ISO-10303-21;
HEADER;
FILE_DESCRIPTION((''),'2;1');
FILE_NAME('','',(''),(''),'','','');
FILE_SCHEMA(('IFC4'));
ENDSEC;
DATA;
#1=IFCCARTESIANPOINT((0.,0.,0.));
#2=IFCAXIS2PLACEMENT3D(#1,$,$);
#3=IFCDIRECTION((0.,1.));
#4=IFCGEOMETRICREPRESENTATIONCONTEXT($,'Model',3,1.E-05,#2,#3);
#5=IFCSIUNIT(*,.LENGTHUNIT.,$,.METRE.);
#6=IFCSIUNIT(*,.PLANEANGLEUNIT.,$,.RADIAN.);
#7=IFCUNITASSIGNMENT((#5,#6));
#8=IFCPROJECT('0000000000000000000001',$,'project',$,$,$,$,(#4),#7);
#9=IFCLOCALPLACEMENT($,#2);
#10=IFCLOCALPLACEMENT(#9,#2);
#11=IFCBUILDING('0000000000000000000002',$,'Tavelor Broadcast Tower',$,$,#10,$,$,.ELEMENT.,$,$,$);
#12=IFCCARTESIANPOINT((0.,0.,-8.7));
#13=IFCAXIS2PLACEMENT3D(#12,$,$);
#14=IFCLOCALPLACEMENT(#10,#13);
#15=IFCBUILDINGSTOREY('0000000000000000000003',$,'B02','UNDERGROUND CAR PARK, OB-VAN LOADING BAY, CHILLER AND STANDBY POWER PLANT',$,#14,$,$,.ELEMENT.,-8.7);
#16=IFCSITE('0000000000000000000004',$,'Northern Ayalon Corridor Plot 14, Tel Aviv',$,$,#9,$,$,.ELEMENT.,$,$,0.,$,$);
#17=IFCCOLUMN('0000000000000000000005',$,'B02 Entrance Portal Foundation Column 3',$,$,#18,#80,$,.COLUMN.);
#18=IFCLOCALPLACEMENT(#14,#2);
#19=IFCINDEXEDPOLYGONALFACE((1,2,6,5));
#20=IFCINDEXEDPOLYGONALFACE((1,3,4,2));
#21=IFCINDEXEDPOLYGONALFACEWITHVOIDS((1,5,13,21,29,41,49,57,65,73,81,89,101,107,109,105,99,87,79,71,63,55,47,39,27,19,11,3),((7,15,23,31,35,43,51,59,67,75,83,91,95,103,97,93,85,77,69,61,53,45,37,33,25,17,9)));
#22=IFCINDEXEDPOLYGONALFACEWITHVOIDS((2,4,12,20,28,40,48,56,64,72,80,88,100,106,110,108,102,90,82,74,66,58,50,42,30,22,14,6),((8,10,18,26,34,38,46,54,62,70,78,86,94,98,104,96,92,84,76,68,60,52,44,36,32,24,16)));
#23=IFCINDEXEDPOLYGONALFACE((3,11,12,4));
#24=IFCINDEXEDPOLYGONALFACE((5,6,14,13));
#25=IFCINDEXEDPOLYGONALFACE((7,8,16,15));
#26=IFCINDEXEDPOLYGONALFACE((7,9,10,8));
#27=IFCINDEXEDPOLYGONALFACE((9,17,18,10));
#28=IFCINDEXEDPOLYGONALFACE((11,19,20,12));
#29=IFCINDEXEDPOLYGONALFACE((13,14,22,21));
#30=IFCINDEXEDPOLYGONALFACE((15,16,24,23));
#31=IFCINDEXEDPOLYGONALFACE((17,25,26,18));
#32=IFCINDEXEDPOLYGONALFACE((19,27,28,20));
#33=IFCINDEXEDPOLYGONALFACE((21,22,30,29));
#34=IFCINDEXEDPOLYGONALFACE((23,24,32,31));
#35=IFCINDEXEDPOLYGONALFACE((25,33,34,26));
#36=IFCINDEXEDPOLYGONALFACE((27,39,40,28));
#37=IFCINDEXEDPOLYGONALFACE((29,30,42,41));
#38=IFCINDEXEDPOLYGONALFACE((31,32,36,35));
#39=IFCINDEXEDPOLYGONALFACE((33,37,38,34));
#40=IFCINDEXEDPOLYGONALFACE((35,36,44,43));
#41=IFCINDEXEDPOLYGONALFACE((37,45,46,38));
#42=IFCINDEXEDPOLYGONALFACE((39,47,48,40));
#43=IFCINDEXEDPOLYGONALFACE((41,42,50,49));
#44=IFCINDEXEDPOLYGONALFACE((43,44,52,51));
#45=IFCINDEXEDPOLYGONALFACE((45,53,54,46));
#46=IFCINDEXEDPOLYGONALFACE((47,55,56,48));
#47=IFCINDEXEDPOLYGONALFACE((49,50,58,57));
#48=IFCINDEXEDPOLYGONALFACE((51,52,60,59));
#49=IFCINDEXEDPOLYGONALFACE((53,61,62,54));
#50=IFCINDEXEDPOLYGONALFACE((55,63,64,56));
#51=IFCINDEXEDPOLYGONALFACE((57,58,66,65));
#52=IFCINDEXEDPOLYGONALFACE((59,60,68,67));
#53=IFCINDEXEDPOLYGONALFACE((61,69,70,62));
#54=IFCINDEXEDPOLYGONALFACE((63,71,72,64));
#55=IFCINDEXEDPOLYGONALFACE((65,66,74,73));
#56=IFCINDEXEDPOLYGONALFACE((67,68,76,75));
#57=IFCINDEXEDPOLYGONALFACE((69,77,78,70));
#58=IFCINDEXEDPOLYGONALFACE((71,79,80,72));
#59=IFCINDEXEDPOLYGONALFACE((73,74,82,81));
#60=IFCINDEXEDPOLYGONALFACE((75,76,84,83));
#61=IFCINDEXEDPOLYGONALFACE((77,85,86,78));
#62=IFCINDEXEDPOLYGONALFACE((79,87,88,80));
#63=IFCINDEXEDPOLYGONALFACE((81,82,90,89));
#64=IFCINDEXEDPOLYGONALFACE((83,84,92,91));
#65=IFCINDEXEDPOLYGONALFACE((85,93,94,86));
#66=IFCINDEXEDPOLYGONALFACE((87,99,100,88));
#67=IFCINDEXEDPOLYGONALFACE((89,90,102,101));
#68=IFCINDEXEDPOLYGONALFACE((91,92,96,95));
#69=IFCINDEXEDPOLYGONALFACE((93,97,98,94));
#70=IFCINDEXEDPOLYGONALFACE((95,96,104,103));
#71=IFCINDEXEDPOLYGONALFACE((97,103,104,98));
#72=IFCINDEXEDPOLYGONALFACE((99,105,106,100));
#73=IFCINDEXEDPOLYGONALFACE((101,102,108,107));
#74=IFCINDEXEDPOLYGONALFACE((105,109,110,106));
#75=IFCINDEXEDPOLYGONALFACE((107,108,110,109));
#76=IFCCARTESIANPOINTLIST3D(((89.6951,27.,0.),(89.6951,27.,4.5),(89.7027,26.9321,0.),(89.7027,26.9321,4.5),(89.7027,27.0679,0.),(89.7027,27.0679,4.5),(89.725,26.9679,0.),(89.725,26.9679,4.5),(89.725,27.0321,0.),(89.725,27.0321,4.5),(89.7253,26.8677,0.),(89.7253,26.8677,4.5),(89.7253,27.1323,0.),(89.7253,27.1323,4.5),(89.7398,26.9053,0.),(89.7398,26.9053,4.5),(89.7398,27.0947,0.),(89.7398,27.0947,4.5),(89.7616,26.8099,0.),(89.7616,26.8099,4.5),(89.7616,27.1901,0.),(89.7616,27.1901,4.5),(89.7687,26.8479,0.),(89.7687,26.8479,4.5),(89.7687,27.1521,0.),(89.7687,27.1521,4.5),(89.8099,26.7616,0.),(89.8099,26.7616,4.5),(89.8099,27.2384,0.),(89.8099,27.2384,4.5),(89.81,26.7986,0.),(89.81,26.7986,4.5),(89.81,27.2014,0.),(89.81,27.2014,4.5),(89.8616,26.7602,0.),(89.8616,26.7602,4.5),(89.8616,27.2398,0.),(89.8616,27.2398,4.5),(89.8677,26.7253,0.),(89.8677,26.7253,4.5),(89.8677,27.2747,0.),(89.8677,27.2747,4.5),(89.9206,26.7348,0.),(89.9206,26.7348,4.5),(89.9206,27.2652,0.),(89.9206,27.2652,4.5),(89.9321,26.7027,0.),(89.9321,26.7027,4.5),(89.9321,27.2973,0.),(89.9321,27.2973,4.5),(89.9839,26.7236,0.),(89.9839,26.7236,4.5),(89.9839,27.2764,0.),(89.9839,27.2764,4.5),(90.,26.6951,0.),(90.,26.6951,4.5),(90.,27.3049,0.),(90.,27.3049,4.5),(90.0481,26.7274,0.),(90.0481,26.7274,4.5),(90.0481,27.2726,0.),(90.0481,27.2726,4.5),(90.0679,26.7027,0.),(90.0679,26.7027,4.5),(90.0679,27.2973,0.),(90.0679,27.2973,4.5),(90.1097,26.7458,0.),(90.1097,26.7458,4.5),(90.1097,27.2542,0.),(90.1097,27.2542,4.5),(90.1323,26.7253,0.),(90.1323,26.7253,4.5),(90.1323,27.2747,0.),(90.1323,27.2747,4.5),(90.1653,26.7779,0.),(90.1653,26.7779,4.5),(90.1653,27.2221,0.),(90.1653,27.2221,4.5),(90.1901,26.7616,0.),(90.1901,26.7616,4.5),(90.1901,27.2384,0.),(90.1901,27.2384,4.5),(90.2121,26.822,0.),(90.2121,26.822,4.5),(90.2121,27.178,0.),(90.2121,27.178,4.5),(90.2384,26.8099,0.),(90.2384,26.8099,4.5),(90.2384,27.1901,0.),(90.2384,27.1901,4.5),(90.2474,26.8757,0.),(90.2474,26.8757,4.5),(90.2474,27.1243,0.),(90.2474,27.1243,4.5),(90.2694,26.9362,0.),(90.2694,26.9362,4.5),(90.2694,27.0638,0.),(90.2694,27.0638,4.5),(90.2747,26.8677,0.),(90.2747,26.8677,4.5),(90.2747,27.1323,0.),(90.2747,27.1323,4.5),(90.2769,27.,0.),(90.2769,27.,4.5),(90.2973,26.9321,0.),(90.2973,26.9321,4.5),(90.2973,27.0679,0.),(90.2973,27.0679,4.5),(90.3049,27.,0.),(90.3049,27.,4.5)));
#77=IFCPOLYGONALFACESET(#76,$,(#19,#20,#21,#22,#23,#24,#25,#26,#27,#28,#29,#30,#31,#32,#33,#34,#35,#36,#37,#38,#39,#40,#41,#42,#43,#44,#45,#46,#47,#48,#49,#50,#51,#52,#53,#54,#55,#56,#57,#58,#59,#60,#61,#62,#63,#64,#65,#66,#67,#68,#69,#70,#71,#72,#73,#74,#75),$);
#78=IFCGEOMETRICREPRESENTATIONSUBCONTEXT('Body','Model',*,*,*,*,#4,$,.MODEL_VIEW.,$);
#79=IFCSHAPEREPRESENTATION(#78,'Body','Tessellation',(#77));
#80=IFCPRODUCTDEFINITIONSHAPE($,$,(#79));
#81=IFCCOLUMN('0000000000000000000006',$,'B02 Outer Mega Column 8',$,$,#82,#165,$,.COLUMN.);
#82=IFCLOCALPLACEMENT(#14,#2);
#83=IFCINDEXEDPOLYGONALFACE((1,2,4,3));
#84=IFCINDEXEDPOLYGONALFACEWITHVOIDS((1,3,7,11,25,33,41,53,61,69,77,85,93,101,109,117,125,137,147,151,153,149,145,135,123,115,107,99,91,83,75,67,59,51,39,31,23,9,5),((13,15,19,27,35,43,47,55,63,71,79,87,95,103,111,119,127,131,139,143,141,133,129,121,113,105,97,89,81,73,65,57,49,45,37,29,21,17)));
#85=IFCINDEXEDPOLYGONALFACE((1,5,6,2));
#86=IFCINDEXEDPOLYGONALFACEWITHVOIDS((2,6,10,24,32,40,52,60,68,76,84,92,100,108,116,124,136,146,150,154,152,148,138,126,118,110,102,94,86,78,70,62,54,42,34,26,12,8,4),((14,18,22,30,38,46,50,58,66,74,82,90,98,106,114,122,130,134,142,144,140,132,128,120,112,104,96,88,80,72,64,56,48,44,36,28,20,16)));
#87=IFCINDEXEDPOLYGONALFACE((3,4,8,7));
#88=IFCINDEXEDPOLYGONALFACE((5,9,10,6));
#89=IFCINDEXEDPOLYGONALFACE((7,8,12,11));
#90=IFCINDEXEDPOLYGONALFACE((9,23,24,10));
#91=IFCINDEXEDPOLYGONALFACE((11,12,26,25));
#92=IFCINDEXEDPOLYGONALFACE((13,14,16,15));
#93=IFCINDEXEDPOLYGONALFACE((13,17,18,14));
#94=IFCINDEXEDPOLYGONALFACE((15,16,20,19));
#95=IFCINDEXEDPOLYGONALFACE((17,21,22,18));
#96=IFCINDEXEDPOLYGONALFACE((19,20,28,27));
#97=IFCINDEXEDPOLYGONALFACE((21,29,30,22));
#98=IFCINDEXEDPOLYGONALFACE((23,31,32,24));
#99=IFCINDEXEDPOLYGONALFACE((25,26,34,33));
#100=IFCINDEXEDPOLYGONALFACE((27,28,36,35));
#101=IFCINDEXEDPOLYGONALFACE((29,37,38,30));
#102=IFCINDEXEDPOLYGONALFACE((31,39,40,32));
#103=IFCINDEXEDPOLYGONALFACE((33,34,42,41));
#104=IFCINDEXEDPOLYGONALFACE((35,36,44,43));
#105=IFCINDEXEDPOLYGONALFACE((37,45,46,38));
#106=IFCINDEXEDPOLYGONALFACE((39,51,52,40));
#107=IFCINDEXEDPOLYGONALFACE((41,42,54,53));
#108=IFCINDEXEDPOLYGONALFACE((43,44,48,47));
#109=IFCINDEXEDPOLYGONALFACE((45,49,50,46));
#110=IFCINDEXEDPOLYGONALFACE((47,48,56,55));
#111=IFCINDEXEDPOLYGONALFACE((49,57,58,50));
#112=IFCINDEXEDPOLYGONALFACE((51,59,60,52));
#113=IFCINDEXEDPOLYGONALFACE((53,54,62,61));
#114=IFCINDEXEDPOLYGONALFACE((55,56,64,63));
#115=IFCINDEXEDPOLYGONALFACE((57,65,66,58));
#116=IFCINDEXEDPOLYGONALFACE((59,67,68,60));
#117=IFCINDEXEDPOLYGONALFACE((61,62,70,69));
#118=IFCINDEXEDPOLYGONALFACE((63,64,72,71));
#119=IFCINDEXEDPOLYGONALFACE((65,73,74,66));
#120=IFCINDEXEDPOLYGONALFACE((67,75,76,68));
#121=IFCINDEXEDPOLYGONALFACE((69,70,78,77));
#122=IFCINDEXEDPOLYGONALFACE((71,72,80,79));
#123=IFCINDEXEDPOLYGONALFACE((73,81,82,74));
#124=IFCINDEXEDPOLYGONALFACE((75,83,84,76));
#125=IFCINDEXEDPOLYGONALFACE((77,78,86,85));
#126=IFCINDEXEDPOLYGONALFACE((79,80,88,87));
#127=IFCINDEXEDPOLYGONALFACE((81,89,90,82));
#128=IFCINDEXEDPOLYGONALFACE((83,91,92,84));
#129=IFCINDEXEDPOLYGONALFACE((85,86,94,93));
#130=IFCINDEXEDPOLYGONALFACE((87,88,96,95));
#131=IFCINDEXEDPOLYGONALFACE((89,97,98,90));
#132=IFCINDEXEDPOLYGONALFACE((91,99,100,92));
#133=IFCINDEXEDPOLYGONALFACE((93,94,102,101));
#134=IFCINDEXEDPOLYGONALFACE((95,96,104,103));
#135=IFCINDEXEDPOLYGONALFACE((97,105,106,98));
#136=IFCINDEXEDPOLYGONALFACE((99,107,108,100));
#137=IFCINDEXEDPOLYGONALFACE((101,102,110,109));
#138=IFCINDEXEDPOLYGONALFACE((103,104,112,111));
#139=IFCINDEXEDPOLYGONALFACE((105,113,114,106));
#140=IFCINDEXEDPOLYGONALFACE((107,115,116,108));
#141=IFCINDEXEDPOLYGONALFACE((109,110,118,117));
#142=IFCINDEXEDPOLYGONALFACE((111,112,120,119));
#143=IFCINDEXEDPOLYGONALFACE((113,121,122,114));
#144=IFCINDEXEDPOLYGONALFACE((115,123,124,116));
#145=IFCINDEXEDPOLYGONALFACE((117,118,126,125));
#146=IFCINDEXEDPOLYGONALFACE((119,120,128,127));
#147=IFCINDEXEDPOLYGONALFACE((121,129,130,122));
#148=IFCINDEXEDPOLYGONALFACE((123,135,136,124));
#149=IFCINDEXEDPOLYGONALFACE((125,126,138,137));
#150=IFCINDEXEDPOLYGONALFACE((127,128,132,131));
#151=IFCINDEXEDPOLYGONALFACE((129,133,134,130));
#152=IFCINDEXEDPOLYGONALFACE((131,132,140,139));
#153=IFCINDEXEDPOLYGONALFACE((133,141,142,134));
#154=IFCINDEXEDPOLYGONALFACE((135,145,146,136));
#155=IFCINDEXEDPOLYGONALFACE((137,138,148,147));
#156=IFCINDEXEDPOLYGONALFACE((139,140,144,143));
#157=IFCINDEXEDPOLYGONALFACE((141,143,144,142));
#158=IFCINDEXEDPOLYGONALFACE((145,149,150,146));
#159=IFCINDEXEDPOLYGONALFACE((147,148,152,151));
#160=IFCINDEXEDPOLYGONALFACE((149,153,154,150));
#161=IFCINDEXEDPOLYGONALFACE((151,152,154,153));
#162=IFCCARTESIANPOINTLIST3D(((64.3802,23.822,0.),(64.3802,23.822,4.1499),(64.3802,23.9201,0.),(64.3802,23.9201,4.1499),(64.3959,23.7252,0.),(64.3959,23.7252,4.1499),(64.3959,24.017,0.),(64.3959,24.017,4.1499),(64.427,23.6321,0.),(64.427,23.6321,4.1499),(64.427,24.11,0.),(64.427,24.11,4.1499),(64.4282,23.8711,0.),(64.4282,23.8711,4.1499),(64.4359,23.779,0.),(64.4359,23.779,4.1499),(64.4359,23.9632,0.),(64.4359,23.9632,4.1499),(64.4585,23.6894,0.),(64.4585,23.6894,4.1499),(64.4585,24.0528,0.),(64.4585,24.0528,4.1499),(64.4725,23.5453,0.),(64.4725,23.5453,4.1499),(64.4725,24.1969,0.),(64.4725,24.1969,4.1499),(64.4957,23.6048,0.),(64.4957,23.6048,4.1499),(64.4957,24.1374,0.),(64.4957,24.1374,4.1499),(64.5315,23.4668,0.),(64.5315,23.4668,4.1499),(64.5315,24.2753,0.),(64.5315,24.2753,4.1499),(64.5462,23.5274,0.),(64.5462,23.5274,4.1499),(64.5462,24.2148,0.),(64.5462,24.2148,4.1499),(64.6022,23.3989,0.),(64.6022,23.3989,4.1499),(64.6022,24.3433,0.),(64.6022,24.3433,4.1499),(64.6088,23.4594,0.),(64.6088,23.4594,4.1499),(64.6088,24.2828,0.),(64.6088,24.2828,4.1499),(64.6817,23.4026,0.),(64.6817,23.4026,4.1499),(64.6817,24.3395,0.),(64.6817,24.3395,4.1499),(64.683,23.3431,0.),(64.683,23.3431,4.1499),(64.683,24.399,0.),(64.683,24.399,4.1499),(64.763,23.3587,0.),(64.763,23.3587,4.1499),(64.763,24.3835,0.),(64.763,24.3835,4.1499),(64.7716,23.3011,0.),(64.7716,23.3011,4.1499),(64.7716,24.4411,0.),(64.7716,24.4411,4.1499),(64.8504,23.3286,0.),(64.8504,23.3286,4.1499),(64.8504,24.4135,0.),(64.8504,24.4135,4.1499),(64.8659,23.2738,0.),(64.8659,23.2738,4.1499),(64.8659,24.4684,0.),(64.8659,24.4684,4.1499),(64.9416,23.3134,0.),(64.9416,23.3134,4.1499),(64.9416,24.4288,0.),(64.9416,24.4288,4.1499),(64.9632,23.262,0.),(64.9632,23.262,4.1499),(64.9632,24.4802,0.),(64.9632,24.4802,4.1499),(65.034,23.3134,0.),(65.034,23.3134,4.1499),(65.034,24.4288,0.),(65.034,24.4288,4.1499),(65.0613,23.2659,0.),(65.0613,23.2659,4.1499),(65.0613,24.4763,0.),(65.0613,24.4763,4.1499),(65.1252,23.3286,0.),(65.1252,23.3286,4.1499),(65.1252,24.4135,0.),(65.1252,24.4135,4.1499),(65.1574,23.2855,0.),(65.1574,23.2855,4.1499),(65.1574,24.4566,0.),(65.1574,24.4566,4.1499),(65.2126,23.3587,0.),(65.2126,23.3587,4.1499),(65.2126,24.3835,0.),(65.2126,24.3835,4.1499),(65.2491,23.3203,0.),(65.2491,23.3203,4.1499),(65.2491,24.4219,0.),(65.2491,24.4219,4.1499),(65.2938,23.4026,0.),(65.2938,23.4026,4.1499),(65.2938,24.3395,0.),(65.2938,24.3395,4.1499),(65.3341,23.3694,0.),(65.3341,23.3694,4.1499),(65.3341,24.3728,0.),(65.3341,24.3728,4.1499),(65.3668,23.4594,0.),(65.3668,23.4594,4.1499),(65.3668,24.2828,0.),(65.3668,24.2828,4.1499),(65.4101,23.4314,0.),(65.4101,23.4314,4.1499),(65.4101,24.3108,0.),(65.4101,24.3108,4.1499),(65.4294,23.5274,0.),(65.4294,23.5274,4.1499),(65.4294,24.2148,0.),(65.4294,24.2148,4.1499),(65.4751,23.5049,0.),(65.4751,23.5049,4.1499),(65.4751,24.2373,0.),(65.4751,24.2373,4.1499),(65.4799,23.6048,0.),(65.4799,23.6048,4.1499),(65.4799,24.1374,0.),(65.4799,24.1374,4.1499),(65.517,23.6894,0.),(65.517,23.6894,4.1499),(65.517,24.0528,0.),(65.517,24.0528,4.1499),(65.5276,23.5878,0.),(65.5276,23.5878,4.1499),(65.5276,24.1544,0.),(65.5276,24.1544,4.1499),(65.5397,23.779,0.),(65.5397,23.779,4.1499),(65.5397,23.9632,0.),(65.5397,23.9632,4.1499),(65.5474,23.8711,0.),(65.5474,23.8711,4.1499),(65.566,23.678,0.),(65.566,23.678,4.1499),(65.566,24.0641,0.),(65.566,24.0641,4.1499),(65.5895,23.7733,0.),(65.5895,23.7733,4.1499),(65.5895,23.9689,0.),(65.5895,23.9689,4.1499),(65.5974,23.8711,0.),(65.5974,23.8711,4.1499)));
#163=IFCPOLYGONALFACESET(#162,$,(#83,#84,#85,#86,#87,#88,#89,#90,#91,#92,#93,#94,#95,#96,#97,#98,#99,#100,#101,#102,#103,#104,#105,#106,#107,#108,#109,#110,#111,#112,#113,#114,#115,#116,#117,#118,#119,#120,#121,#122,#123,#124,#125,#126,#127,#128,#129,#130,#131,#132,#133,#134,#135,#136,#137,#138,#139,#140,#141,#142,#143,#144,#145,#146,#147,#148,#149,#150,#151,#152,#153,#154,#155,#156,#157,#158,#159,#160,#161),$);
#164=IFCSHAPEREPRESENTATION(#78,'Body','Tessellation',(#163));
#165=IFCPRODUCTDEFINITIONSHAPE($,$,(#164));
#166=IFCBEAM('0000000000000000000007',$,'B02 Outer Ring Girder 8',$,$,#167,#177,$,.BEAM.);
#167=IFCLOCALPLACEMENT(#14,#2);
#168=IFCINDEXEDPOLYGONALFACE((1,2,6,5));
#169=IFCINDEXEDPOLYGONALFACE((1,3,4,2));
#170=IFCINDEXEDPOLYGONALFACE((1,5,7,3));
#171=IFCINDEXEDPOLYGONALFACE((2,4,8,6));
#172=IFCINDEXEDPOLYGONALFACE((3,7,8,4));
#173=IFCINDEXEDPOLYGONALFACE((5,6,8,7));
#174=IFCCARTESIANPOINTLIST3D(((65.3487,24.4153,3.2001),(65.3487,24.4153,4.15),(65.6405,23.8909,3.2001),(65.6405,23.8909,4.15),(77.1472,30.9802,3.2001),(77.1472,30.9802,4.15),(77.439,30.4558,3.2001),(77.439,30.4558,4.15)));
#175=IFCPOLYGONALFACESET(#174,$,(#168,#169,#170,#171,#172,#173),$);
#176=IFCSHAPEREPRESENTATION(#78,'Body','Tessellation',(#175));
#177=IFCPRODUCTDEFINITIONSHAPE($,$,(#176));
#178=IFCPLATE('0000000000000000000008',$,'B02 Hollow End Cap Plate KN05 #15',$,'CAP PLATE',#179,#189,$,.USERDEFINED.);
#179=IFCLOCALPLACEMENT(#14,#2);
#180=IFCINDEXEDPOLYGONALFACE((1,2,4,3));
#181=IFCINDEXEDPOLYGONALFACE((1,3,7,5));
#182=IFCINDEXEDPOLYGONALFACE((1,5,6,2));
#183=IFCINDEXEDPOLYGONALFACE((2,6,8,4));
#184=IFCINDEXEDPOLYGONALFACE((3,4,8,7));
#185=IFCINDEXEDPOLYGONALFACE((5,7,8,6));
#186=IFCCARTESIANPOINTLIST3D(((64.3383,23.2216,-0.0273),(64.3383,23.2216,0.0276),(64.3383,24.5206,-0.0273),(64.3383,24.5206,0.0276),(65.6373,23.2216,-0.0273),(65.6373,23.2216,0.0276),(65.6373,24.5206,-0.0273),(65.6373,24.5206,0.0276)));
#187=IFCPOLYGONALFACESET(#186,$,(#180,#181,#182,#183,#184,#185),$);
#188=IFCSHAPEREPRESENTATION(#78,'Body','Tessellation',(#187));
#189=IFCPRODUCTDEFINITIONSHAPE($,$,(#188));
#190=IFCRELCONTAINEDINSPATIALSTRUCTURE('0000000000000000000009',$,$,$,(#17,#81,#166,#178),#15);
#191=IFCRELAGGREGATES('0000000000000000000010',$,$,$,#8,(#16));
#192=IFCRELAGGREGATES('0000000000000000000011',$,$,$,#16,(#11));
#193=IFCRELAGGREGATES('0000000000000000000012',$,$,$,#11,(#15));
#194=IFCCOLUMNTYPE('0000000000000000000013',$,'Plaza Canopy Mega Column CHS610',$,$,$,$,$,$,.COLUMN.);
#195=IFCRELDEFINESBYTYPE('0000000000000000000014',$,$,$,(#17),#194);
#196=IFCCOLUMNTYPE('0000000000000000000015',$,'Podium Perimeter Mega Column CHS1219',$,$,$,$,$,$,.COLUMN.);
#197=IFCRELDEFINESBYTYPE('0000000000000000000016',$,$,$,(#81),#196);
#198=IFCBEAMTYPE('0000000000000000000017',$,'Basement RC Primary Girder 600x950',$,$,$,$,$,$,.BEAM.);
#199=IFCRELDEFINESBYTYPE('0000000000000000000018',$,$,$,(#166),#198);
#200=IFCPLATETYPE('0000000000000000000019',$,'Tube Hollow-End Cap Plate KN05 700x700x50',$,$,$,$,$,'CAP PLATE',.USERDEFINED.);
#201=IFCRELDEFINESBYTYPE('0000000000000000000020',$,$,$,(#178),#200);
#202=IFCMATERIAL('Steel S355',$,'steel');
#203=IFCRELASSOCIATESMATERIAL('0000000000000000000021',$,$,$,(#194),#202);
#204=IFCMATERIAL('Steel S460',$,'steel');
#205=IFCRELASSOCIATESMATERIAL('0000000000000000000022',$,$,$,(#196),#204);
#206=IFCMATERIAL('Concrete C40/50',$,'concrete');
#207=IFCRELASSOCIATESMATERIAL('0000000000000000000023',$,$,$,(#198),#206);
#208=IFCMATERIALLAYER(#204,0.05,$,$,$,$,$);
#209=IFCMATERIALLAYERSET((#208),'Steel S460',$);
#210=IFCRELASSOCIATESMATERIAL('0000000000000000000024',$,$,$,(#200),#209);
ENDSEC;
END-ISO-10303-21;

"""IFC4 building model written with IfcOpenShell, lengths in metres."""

from ifc_helpers import new_model, si_unit, direction, frame, origin, origin_2d, place, context, subcontext, project, spatial, rectangle, hollow_circle, extrude, source, transform, mapped, material, layer, layer_set, material_profile, profile_set, type_object, element, save


model = new_model("IFC4")

# Units and contexts
model_context = context("Model", 3, precision=1e-05, world=origin(), true_north=direction((0.0, 1.0)))
body_context = subcontext(model_context, "Body", "Model", "MODEL_VIEW")
ifc_project = project(units=[si_unit("LENGTHUNIT", "METRE"), si_unit("PLANEANGLEUNIT", "RADIAN")], contexts=[model_context])

# Site, building, storey
site_placement = place(None, origin())
site = spatial("IfcSite", under=ifc_project, at=site_placement, Name="Northern Ayalon Corridor Plot 14, Tel Aviv", CompositionType="ELEMENT", RefElevation=0.0)
building_placement = place(site_placement, origin())
building = spatial("IfcBuilding", under=site, at=building_placement, Name="Tavelor Broadcast Tower", CompositionType="ELEMENT")
storey_placement = place(building_placement, frame((0.0, 0.0, -8.7)))
storey = spatial("IfcBuildingStorey", under=building, at=storey_placement, Name="B02", Description="UNDERGROUND CAR PARK, OB-VAN LOADING BAY, CHILLER AND STANDBY POWER PLANT", CompositionType="ELEMENT", Elevation=-8.7)

# Shared definitions
ifc_material_1 = material(Name="Concrete C40/50", Category="concrete")

# Columns
ifc_material_2 = material(Name="Steel S355", Category="steel")
ifc_material_profile_1 = material_profile(ifc_material_2, hollow_circle(Radius=0.3049, WallThickness=0.0281, at=origin_2d()), Name="CHS 610x28")
ifc_profile_set_1 = profile_set([ifc_material_profile_1], Name="Steel S355")
column_type_1 = type_object("IfcColumnType", Name="Plaza Canopy Mega Column CHS610", PredefinedType="COLUMN", material=ifc_profile_set_1)
column_1_placement = place(storey_placement, frame((90.0, 27.0, 0.0), z_axis=(0.0, 0.0, 1.0), x_axis=(1.0, 0.0, 0.0)))
element("IfcColumn", 1, at=column_1_placement, inside=storey, type_object=column_type_1, Name="B02 Entrance Portal Foundation Column 3", PredefinedType="COLUMN", context=body_context, shape_type="SweptSolid", body=[
    extrude(hollow_circle(Radius=0.3049, WallThickness=0.0281, at=origin_2d()), origin(), (0.0, 0.0, 1.0), 4.5),
])
ifc_material_3 = material(Name="Steel S460", Category="steel")
ifc_material_profile_2 = material_profile(ifc_material_3, hollow_circle(Radius=0.6096, WallThickness=0.05, at=origin_2d()), Name="CHS 1219x50")
ifc_profile_set_2 = profile_set([ifc_material_profile_2], Name="Steel S460")
column_type_2 = type_object("IfcColumnType", Name="Podium Perimeter Mega Column CHS1219", PredefinedType="COLUMN", material=ifc_profile_set_2)
column_2_placement = place(storey_placement, frame((64.9878, 23.8711, 0.0), z_axis=(0.0, 0.0, 1.0), x_axis=(1.0, 0.0, 0.0)))
element("IfcColumn", 2, at=column_2_placement, inside=storey, type_object=column_type_2, Name="B02 Outer Mega Column 8", PredefinedType="COLUMN", context=body_context, shape_type="SweptSolid", body=[
    extrude(hollow_circle(Radius=0.6096, WallThickness=0.05, at=origin_2d()), origin(), (0.0, 0.0, 1.0), 4.1499),
])

# Beam
ifc_material_profile_3 = material_profile(ifc_material_1, rectangle(XDim=0.6001, YDim=0.95, at=origin_2d()), Name="RC 600x950")
ifc_profile_set_3 = profile_set([ifc_material_profile_3], Name="Concrete C40/50")
beam_type = type_object("IfcBeamType", Name="Basement RC Primary Girder 600x950", PredefinedType="BEAM", material=ifc_profile_set_3)
beam_placement = place(storey_placement, frame((65.4946, 24.1531, 3.675), z_axis=(0.873837, 0.486219, 0.0), x_axis=(-0.486219, 0.873837, 0.0)))
element("IfcBeam", 3, at=beam_placement, inside=storey, type_object=beam_type, Name="B02 Outer Ring Girder 8", PredefinedType="BEAM", context=body_context, shape_type="SweptSolid", body=[
    extrude(rectangle(XDim=0.6001, YDim=0.95, at=origin_2d()), origin(), (0.0, 0.0, 1.0), 13.502),
])

# Plate
ifc_layer_1 = layer(ifc_material_3, 0.05)
ifc_layer_set_1 = layer_set([ifc_layer_1], Name="Steel S460")
plate_type = type_object("IfcPlateType", Name="Tube Hollow-End Cap Plate KN05 700x700x50", ElementType="CAP PLATE", PredefinedType="USERDEFINED", material=ifc_layer_set_1)
shared_shape_1 = source(origin(), body_context, "Body", "SweptSolid", [
    extrude(rectangle(XDim=1.2991, YDim=1.2991, at=origin_2d()), origin(), (0.0, 0.0, 1.0), 0.0549),
])
for number, where, z_axis, x_axis, name in (
    (4, (64.9878, 23.8711, -0.0273), (0.0, 0.0, 1.0), (1.0, 0.0, 0.0), "B02 Hollow End Cap Plate KN05 #15"),
):
    element("IfcPlate", number, at=place(storey_placement, frame(where, z_axis=z_axis, x_axis=x_axis)), inside=storey, type_object=plate_type, Name=name, ObjectType="CAP PLATE", PredefinedType="USERDEFINED", context=body_context, shape_type="MappedRepresentation", body=[
        mapped(shared_shape_1, transform((0.0, 0.0, 0.0), scale=1.0)),
    ])

save(model, "model.ifc")
